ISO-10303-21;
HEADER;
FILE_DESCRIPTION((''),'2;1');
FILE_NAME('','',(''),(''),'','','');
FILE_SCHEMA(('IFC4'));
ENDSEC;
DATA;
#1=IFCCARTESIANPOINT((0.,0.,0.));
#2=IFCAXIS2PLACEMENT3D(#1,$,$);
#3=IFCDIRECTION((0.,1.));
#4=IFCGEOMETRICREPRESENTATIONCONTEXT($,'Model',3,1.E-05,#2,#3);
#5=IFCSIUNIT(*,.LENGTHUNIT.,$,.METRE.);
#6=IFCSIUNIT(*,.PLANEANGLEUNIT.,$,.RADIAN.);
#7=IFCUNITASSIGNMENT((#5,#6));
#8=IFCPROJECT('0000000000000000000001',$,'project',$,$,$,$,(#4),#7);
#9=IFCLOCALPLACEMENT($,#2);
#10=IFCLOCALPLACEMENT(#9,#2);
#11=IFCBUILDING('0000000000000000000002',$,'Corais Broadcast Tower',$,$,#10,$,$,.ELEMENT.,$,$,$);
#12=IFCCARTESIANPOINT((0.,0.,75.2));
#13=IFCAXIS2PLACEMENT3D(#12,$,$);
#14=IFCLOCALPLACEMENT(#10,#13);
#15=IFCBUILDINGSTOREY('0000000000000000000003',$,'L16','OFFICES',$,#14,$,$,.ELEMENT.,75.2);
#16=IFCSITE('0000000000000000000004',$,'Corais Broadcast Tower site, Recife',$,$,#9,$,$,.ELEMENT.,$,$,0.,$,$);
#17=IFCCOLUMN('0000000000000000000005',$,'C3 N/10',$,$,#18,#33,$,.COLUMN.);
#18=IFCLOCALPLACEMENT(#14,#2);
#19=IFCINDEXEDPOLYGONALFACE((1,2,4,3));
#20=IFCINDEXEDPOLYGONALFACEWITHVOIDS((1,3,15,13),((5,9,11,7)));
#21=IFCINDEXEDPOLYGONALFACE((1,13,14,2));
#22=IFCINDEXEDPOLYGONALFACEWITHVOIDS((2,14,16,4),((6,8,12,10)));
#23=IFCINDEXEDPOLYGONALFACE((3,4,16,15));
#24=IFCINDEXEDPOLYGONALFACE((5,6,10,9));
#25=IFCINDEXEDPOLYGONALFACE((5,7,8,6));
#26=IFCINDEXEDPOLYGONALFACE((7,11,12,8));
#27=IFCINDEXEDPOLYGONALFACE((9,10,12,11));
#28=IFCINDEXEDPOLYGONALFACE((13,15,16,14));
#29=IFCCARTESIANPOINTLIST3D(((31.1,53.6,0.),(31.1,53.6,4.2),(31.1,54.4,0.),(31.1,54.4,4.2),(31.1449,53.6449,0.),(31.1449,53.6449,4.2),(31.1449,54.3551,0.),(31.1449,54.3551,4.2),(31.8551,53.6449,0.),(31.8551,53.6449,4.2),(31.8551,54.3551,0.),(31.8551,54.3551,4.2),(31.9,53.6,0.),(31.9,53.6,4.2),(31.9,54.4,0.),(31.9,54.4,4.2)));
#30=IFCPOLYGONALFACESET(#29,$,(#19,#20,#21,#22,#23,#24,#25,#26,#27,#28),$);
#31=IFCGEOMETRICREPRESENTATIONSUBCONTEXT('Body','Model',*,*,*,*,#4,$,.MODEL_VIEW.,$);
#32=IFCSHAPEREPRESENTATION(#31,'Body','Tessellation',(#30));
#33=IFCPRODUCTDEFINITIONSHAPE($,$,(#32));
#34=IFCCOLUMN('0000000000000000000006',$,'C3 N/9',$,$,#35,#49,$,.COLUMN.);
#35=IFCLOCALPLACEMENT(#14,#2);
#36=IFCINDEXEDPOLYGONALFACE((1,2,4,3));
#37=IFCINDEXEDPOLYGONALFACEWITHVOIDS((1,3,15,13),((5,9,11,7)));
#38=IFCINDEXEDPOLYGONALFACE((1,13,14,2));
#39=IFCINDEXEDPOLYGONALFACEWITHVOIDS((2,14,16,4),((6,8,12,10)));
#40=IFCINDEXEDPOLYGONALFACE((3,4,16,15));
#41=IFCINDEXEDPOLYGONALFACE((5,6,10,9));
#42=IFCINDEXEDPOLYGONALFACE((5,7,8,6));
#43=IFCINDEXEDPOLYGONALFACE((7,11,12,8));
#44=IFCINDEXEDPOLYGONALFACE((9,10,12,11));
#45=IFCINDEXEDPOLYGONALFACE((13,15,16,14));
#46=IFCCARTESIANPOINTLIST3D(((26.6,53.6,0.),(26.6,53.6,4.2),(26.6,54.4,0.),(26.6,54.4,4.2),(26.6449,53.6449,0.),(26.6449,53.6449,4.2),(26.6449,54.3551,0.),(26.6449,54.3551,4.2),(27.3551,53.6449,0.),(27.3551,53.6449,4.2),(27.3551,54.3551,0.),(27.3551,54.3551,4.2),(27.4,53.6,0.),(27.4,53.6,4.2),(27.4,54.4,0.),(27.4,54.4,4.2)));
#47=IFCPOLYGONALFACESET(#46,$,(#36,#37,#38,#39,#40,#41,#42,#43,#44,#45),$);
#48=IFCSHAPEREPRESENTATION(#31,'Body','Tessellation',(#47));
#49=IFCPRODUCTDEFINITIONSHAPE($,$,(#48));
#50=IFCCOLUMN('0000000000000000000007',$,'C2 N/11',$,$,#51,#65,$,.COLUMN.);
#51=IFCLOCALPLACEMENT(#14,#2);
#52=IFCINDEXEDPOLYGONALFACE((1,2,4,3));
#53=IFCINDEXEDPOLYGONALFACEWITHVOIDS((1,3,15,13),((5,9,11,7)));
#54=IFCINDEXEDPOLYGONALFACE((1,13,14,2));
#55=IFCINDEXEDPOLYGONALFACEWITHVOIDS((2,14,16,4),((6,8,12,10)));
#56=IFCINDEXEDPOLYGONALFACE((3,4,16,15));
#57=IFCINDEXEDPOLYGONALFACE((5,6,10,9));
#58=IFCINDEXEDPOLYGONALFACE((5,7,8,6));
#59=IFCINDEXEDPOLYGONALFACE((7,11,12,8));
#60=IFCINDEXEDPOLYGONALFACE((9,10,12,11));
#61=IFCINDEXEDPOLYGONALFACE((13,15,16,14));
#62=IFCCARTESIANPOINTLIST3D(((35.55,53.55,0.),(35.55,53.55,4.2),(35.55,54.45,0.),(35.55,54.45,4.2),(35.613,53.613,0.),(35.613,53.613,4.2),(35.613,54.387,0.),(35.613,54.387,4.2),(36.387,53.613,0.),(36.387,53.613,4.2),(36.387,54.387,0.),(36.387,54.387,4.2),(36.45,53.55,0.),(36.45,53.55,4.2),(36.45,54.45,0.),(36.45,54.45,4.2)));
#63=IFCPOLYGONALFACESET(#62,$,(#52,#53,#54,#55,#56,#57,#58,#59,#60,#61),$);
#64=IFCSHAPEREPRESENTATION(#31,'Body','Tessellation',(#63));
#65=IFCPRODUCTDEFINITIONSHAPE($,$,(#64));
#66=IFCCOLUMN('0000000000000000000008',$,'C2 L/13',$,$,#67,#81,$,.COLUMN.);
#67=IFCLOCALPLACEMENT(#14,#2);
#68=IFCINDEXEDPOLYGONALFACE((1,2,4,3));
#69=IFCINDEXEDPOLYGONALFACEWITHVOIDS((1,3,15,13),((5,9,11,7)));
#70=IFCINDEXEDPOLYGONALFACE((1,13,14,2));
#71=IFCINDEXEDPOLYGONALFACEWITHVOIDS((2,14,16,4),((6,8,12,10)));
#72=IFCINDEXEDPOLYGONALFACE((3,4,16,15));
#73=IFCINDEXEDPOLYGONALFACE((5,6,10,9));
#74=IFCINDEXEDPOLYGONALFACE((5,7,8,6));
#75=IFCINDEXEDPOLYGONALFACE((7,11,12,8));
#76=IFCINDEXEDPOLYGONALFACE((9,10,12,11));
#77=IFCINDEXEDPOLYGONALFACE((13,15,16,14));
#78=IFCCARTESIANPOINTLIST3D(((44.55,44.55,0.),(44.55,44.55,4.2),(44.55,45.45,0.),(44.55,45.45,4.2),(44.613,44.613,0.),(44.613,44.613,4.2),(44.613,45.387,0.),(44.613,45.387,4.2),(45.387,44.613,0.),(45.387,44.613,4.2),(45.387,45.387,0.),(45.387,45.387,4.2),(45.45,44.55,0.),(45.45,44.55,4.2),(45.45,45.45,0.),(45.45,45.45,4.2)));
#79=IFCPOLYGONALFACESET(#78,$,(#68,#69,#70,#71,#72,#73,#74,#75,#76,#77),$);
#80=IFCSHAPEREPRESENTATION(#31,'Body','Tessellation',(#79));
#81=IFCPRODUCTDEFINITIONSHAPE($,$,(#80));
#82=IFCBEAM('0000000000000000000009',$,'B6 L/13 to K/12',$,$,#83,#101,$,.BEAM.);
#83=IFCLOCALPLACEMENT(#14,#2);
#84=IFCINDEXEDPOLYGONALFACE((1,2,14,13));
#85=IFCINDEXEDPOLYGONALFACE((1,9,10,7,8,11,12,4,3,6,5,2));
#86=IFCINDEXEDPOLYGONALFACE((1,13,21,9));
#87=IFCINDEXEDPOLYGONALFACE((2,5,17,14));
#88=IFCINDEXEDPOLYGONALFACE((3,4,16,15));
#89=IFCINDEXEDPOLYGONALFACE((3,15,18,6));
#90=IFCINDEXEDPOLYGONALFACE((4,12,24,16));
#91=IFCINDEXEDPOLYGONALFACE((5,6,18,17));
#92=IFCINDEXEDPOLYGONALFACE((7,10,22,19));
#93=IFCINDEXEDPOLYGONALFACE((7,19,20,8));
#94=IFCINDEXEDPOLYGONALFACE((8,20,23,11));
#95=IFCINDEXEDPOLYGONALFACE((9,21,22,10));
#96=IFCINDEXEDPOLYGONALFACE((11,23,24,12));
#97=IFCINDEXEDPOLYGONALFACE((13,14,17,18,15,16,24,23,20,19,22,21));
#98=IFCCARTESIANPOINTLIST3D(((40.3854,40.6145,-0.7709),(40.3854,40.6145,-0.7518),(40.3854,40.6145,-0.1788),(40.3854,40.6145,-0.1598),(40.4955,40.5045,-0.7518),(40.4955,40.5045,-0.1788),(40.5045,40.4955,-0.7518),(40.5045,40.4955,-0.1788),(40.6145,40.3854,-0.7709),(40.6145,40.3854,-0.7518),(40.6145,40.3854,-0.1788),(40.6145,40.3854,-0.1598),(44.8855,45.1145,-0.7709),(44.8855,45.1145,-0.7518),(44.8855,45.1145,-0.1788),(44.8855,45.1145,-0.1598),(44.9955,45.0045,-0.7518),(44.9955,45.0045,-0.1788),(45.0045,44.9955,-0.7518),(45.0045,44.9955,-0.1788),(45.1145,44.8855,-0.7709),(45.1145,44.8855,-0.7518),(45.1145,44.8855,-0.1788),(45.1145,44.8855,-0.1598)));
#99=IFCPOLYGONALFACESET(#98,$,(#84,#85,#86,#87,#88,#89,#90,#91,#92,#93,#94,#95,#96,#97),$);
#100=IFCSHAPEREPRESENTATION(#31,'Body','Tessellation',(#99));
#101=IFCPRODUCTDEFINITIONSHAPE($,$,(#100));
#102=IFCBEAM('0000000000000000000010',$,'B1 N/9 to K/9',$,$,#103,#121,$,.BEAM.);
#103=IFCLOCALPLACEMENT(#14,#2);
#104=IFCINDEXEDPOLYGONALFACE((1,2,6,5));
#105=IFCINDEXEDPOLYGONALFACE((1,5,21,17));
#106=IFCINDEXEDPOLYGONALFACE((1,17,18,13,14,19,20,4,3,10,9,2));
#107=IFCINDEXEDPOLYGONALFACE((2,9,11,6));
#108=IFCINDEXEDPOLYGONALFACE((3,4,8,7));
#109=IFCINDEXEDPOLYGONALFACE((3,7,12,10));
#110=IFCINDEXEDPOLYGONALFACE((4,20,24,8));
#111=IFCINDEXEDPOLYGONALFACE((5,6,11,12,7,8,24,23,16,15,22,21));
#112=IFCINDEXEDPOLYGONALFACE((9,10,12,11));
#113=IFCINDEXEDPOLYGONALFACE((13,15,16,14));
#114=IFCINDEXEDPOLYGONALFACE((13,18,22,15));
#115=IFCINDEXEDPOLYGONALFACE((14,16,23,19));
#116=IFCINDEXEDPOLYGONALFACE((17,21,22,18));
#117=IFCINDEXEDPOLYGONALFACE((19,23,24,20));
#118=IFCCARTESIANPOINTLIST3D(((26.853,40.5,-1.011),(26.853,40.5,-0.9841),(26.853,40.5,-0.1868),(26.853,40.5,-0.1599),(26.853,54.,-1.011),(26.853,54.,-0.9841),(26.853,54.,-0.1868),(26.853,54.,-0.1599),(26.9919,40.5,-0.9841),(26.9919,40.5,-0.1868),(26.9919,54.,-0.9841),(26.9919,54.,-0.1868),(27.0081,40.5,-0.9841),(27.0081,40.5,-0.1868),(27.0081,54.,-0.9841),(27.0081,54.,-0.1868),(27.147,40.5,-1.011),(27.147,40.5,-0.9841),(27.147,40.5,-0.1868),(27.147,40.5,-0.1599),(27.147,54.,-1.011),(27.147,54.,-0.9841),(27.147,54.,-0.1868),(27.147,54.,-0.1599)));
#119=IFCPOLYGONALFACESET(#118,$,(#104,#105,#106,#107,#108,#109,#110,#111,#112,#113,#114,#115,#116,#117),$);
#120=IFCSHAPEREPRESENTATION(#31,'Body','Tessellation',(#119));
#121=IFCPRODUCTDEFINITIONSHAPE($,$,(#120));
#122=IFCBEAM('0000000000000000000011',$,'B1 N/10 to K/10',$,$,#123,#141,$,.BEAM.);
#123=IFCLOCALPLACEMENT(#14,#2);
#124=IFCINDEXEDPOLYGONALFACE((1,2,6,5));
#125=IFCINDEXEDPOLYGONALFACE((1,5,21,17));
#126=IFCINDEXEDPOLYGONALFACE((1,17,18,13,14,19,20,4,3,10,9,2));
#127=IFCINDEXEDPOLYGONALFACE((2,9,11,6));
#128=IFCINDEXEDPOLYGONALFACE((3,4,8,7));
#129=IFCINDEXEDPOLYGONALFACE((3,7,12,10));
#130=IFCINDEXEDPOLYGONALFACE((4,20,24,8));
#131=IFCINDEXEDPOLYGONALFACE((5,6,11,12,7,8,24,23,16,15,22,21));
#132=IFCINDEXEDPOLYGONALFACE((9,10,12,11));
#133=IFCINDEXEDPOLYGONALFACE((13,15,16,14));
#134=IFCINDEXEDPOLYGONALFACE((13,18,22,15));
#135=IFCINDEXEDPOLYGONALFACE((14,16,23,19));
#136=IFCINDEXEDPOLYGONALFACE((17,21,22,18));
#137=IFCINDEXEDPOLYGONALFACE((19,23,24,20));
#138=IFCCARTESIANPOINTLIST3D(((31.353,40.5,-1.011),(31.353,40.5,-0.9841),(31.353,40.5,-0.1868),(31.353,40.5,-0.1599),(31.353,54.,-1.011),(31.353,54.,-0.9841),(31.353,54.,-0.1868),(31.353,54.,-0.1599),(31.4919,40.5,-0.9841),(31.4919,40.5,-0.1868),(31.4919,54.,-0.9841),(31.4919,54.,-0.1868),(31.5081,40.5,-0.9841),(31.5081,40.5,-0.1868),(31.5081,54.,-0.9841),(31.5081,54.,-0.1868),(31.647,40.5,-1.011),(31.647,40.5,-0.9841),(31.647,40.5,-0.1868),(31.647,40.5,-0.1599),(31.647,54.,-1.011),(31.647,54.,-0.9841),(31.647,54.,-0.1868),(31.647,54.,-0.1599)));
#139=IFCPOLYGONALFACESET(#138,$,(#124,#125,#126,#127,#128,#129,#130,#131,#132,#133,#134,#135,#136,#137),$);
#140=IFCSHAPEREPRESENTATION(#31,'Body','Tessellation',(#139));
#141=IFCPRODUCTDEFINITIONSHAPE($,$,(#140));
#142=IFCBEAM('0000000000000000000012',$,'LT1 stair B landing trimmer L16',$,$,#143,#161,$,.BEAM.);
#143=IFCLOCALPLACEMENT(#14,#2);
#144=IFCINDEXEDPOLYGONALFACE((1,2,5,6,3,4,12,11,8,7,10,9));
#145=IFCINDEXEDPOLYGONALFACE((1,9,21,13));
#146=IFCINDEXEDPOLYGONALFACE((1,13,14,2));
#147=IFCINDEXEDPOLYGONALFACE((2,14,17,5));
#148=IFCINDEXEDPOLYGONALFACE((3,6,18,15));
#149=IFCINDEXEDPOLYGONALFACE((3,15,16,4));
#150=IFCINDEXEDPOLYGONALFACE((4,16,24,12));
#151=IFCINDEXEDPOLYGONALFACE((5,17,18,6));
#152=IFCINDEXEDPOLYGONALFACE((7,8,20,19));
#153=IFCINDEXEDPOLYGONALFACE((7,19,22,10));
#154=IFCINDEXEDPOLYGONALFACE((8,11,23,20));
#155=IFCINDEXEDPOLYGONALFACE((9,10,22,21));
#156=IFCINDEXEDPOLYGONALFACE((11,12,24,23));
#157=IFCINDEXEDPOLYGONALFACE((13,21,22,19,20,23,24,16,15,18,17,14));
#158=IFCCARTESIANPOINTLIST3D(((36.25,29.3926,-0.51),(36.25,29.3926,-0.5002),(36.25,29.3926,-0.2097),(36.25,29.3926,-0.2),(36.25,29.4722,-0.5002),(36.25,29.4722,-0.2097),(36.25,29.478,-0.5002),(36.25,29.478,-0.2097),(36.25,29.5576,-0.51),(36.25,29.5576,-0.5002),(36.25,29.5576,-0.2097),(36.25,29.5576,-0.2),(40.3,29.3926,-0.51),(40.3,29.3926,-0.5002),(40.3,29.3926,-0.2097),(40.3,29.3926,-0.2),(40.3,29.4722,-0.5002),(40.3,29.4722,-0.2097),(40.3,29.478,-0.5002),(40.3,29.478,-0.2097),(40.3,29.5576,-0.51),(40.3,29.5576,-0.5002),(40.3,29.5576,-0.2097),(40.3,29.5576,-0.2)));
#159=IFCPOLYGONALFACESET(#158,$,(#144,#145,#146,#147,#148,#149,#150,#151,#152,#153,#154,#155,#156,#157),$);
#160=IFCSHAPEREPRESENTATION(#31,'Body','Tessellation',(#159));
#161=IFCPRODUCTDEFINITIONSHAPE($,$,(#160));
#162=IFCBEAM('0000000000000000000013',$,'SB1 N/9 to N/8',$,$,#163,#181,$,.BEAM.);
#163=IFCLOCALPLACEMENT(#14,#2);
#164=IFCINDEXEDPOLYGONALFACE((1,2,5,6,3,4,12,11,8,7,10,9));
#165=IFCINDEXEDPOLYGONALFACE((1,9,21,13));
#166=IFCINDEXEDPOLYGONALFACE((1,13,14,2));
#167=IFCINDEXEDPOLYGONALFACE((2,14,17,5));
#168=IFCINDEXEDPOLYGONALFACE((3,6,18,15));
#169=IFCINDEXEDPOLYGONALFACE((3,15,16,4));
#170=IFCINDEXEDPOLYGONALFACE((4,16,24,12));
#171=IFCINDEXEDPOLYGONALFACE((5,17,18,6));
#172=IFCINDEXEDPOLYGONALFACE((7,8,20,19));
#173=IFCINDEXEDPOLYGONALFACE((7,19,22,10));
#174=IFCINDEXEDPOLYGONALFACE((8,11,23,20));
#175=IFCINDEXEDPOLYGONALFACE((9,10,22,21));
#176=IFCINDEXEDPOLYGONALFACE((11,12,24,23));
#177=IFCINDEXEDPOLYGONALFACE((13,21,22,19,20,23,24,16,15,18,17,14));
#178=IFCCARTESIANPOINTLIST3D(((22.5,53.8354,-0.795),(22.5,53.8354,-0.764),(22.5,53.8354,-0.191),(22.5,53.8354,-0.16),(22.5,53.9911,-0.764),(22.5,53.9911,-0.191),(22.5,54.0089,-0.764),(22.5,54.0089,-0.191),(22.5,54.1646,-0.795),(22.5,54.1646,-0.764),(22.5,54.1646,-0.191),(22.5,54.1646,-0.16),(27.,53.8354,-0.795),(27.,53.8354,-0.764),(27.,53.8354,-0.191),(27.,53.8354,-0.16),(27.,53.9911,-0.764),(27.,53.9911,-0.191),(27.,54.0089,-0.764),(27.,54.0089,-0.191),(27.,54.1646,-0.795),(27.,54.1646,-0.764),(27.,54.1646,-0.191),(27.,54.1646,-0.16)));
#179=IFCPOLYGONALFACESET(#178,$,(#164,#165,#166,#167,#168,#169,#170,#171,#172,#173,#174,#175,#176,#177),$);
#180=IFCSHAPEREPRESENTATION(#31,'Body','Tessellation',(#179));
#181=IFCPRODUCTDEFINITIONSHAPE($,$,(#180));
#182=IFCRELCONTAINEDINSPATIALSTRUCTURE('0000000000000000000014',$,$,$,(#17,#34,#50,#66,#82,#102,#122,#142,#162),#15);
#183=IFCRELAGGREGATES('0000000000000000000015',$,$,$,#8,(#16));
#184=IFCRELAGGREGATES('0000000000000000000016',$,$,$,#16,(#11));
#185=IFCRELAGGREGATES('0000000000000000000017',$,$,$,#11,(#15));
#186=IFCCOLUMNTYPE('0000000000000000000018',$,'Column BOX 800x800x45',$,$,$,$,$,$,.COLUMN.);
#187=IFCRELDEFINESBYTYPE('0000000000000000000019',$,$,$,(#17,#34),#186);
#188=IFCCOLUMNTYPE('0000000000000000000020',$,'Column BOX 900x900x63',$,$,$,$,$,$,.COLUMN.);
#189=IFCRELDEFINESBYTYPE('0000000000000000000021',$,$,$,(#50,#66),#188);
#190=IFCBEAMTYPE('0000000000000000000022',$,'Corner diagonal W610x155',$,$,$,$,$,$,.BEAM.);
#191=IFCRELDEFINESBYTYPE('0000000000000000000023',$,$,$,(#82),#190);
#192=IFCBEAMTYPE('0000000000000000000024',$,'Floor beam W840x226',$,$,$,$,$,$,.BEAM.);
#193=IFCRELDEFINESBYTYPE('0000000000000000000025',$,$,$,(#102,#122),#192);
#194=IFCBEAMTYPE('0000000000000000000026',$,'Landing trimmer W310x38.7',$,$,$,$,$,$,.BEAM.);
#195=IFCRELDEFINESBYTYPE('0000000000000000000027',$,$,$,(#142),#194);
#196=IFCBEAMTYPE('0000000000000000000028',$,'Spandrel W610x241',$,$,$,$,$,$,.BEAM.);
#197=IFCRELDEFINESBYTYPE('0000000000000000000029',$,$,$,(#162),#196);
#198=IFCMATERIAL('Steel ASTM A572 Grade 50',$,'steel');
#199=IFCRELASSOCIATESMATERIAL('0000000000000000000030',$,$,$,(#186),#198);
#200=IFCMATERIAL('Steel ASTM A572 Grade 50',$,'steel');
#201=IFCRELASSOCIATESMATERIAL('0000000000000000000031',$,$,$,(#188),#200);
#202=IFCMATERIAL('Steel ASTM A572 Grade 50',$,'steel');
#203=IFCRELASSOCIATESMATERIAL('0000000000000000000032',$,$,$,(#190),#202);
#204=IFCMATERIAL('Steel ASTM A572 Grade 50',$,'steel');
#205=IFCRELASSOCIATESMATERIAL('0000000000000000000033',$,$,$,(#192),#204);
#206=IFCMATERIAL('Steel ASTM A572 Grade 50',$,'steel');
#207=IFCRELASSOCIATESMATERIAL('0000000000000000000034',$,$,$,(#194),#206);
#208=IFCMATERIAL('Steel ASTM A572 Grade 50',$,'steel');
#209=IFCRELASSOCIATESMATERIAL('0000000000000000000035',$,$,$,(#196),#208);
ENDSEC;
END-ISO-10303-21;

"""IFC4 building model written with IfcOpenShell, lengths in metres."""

from ifc_helpers import new_model, si_unit, direction, frame, origin, origin_2d, place, context, subcontext, project, spatial, hollow_rectangle, i_section, extrude, material, material_profile, profile_set, type_object, element, save


model = new_model("IFC4")

# Units and contexts
model_context = context("Model", 3, precision=1e-05, world=origin(), true_north=direction((0.0, 1.0)))
body_context = subcontext(model_context, "Body", "Model", "MODEL_VIEW")
ifc_project = project(units=[si_unit("LENGTHUNIT", "METRE"), si_unit("PLANEANGLEUNIT", "RADIAN")], contexts=[model_context])

# Site, building, storey
site_placement = place(None, origin())
site = spatial("IfcSite", under=ifc_project, at=site_placement, Name="Corais Broadcast Tower site, Recife", CompositionType="ELEMENT", RefElevation=0.0)
building_placement = place(site_placement, origin())
building = spatial("IfcBuilding", under=site, at=building_placement, Name="Corais Broadcast Tower", CompositionType="ELEMENT")
storey_placement = place(building_placement, frame((0.0, 0.0, 75.2)))
storey = spatial("IfcBuildingStorey", under=building, at=storey_placement, Name="L16", Description="OFFICES", CompositionType="ELEMENT", Elevation=75.2)

# Columns
ifc_material_1 = material(Name="Steel ASTM A572 Grade 50", Category="steel")
ifc_material_profile_1 = material_profile(ifc_material_1, hollow_rectangle(XDim=0.8, YDim=0.8, WallThickness=0.0449, at=origin_2d()), Name="BOX 800x800x45")
ifc_profile_set_1 = profile_set([ifc_material_profile_1], Name="Steel ASTM A572 Grade 50")
column_type_1 = type_object("IfcColumnType", Name="Column BOX 800x800x45", PredefinedType="COLUMN", material=ifc_profile_set_1)
for number, where, z_axis, x_axis, name in (
    (1, (31.5, 54.0, 0.0), (0.0, 0.0, 1.0), (1.0, 0.0, 0.0), "C3 N/10"),
    (2, (27.0, 54.0, 0.0), (0.0, 0.0, 1.0), (1.0, 0.0, 0.0), "C3 N/9"),
):
    element("IfcColumn", number, at=place(storey_placement, frame(where, z_axis=z_axis, x_axis=x_axis)), inside=storey, type_object=column_type_1, Name=name, PredefinedType="COLUMN", context=body_context, shape_type="SweptSolid", body=[
        extrude(hollow_rectangle(XDim=0.8, YDim=0.8, WallThickness=0.0449, at=origin_2d()), origin(), (0.0, 0.0, 1.0), 4.2),
    ])
ifc_material_2 = material(Name="Steel ASTM A572 Grade 50", Category="steel")
ifc_material_profile_2 = material_profile(ifc_material_2, hollow_rectangle(XDim=0.8999, YDim=0.8999, WallThickness=0.063, at=origin_2d()), Name="BOX 900x900x63")
ifc_profile_set_2 = profile_set([ifc_material_profile_2], Name="Steel ASTM A572 Grade 50")
column_type_2 = type_object("IfcColumnType", Name="Column BOX 900x900x63", PredefinedType="COLUMN", material=ifc_profile_set_2)
for number, where, z_axis, x_axis, name in (
    (3, (36.0, 54.0, 0.0), (0.0, 0.0, 1.0), (1.0, 0.0, 0.0), "C2 N/11"),
    (4, (45.0, 45.0, 0.0), (0.0, 0.0, 1.0), (1.0, 0.0, 0.0), "C2 L/13"),
):
    element("IfcColumn", number, at=place(storey_placement, frame(where, z_axis=z_axis, x_axis=x_axis)), inside=storey, type_object=column_type_2, Name=name, PredefinedType="COLUMN", context=body_context, shape_type="SweptSolid", body=[
        extrude(hollow_rectangle(XDim=0.8999, YDim=0.8999, WallThickness=0.063, at=origin_2d()), origin(), (0.0, 0.0, 1.0), 4.2),
    ])

# Beams
ifc_material_3 = material(Name="Steel ASTM A572 Grade 50", Category="steel")
ifc_material_profile_3 = material_profile(ifc_material_3, i_section(OverallWidth=0.324, OverallDepth=0.6111, WebThickness=0.0127, FlangeThickness=0.019, at=origin_2d()), Name="W610x155")
ifc_profile_set_3 = profile_set([ifc_material_profile_3], Name="Steel ASTM A572 Grade 50")
beam_type_1 = type_object("IfcBeamType", Name="Corner diagonal W610x155", PredefinedType="BEAM", material=ifc_profile_set_3)
beam_1_placement = place(storey_placement, frame((45.0, 45.0, -0.4653), z_axis=(-0.707107, -0.707107, 0.0), x_axis=(0.707107, -0.707107, 0.0)))
element("IfcBeam", 5, at=beam_1_placement, inside=storey, type_object=beam_type_1, Name="B6 L/13 to K/12", PredefinedType="BEAM", context=body_context, shape_type="SweptSolid", body=[
    extrude(i_section(OverallWidth=0.324, OverallDepth=0.6111, WebThickness=0.0127, FlangeThickness=0.019, at=origin_2d()), origin(), (0.0, 0.0, 1.0), 6.364),
])
ifc_material_4 = material(Name="Steel ASTM A572 Grade 50", Category="steel")
ifc_material_profile_4 = material_profile(ifc_material_4, i_section(OverallWidth=0.2939, OverallDepth=0.8511, WebThickness=0.0161, FlangeThickness=0.0269, at=origin_2d()), Name="W840x226")
ifc_profile_set_4 = profile_set([ifc_material_profile_4], Name="Steel ASTM A572 Grade 50")
beam_type_2 = type_object("IfcBeamType", Name="Floor beam W840x226", PredefinedType="BEAM", material=ifc_profile_set_4)
for number, where, z_axis, x_axis, name in (
    (6, (27.0, 54.0, -0.5854), (0.0, -1.0, 0.0), (1.0, 0.0, 0.0), "B1 N/9 to K/9"),
    (7, (31.5, 54.0, -0.5854), (0.0, -1.0, 0.0), (1.0, 0.0, 0.0), "B1 N/10 to K/10"),
):
    element("IfcBeam", number, at=place(storey_placement, frame(where, z_axis=z_axis, x_axis=x_axis)), inside=storey, type_object=beam_type_2, Name=name, PredefinedType="BEAM", context=body_context, shape_type="SweptSolid", body=[
        extrude(i_section(OverallWidth=0.2939, OverallDepth=0.8511, WebThickness=0.0161, FlangeThickness=0.0269, at=origin_2d()), origin(), (0.0, 0.0, 1.0), 13.5),
    ])
ifc_material_5 = material(Name="Steel ASTM A572 Grade 50", Category="steel")
ifc_material_profile_5 = material_profile(ifc_material_5, i_section(OverallWidth=0.165, OverallDepth=0.3101, WebThickness=0.0059, FlangeThickness=0.0098, at=origin_2d()), Name="W310x38.7")
ifc_profile_set_5 = profile_set([ifc_material_profile_5], Name="Steel ASTM A572 Grade 50")
beam_type_3 = type_object("IfcBeamType", Name="Landing trimmer W310x38.7", PredefinedType="BEAM", material=ifc_profile_set_5)
beam_2_placement = place(storey_placement, frame((36.25, 29.4751, -0.355), z_axis=(1.0, 0.0, 0.0), x_axis=(0.0, 1.0, 0.0)))
element("IfcBeam", 8, at=beam_2_placement, inside=storey, type_object=beam_type_3, Name="LT1 stair B landing trimmer L16", PredefinedType="BEAM", context=body_context, shape_type="SweptSolid", body=[
    extrude(i_section(OverallWidth=0.165, OverallDepth=0.3101, WebThickness=0.0059, FlangeThickness=0.0098, at=origin_2d()), origin(), (0.0, 0.0, 1.0), 4.05),
])
ifc_material_6 = material(Name="Steel ASTM A572 Grade 50", Category="steel")
ifc_material_profile_6 = material_profile(ifc_material_6, i_section(OverallWidth=0.3291, OverallDepth=0.635, WebThickness=0.0178, FlangeThickness=0.031, at=origin_2d()), Name="W610x241")
ifc_profile_set_6 = profile_set([ifc_material_profile_6], Name="Steel ASTM A572 Grade 50")
beam_type_4 = type_object("IfcBeamType", Name="Spandrel W610x241", PredefinedType="BEAM", material=ifc_profile_set_6)
for number, where, z_axis, x_axis, name in (
    (9, (27.0, 54.0, -0.4775), (-1.0, 0.0, 0.0), (0.0, -1.0, 0.0), "SB1 N/9 to N/8"),
):
    element("IfcBeam", number, at=place(storey_placement, frame(where, z_axis=z_axis, x_axis=x_axis)), inside=storey, type_object=beam_type_4, Name=name, PredefinedType="BEAM", context=body_context, shape_type="SweptSolid", body=[
        extrude(i_section(OverallWidth=0.3291, OverallDepth=0.635, WebThickness=0.0178, FlangeThickness=0.031, at=origin_2d()), origin(), (0.0, 0.0, 1.0), 4.5),
    ])

save(model, "model.ifc")
